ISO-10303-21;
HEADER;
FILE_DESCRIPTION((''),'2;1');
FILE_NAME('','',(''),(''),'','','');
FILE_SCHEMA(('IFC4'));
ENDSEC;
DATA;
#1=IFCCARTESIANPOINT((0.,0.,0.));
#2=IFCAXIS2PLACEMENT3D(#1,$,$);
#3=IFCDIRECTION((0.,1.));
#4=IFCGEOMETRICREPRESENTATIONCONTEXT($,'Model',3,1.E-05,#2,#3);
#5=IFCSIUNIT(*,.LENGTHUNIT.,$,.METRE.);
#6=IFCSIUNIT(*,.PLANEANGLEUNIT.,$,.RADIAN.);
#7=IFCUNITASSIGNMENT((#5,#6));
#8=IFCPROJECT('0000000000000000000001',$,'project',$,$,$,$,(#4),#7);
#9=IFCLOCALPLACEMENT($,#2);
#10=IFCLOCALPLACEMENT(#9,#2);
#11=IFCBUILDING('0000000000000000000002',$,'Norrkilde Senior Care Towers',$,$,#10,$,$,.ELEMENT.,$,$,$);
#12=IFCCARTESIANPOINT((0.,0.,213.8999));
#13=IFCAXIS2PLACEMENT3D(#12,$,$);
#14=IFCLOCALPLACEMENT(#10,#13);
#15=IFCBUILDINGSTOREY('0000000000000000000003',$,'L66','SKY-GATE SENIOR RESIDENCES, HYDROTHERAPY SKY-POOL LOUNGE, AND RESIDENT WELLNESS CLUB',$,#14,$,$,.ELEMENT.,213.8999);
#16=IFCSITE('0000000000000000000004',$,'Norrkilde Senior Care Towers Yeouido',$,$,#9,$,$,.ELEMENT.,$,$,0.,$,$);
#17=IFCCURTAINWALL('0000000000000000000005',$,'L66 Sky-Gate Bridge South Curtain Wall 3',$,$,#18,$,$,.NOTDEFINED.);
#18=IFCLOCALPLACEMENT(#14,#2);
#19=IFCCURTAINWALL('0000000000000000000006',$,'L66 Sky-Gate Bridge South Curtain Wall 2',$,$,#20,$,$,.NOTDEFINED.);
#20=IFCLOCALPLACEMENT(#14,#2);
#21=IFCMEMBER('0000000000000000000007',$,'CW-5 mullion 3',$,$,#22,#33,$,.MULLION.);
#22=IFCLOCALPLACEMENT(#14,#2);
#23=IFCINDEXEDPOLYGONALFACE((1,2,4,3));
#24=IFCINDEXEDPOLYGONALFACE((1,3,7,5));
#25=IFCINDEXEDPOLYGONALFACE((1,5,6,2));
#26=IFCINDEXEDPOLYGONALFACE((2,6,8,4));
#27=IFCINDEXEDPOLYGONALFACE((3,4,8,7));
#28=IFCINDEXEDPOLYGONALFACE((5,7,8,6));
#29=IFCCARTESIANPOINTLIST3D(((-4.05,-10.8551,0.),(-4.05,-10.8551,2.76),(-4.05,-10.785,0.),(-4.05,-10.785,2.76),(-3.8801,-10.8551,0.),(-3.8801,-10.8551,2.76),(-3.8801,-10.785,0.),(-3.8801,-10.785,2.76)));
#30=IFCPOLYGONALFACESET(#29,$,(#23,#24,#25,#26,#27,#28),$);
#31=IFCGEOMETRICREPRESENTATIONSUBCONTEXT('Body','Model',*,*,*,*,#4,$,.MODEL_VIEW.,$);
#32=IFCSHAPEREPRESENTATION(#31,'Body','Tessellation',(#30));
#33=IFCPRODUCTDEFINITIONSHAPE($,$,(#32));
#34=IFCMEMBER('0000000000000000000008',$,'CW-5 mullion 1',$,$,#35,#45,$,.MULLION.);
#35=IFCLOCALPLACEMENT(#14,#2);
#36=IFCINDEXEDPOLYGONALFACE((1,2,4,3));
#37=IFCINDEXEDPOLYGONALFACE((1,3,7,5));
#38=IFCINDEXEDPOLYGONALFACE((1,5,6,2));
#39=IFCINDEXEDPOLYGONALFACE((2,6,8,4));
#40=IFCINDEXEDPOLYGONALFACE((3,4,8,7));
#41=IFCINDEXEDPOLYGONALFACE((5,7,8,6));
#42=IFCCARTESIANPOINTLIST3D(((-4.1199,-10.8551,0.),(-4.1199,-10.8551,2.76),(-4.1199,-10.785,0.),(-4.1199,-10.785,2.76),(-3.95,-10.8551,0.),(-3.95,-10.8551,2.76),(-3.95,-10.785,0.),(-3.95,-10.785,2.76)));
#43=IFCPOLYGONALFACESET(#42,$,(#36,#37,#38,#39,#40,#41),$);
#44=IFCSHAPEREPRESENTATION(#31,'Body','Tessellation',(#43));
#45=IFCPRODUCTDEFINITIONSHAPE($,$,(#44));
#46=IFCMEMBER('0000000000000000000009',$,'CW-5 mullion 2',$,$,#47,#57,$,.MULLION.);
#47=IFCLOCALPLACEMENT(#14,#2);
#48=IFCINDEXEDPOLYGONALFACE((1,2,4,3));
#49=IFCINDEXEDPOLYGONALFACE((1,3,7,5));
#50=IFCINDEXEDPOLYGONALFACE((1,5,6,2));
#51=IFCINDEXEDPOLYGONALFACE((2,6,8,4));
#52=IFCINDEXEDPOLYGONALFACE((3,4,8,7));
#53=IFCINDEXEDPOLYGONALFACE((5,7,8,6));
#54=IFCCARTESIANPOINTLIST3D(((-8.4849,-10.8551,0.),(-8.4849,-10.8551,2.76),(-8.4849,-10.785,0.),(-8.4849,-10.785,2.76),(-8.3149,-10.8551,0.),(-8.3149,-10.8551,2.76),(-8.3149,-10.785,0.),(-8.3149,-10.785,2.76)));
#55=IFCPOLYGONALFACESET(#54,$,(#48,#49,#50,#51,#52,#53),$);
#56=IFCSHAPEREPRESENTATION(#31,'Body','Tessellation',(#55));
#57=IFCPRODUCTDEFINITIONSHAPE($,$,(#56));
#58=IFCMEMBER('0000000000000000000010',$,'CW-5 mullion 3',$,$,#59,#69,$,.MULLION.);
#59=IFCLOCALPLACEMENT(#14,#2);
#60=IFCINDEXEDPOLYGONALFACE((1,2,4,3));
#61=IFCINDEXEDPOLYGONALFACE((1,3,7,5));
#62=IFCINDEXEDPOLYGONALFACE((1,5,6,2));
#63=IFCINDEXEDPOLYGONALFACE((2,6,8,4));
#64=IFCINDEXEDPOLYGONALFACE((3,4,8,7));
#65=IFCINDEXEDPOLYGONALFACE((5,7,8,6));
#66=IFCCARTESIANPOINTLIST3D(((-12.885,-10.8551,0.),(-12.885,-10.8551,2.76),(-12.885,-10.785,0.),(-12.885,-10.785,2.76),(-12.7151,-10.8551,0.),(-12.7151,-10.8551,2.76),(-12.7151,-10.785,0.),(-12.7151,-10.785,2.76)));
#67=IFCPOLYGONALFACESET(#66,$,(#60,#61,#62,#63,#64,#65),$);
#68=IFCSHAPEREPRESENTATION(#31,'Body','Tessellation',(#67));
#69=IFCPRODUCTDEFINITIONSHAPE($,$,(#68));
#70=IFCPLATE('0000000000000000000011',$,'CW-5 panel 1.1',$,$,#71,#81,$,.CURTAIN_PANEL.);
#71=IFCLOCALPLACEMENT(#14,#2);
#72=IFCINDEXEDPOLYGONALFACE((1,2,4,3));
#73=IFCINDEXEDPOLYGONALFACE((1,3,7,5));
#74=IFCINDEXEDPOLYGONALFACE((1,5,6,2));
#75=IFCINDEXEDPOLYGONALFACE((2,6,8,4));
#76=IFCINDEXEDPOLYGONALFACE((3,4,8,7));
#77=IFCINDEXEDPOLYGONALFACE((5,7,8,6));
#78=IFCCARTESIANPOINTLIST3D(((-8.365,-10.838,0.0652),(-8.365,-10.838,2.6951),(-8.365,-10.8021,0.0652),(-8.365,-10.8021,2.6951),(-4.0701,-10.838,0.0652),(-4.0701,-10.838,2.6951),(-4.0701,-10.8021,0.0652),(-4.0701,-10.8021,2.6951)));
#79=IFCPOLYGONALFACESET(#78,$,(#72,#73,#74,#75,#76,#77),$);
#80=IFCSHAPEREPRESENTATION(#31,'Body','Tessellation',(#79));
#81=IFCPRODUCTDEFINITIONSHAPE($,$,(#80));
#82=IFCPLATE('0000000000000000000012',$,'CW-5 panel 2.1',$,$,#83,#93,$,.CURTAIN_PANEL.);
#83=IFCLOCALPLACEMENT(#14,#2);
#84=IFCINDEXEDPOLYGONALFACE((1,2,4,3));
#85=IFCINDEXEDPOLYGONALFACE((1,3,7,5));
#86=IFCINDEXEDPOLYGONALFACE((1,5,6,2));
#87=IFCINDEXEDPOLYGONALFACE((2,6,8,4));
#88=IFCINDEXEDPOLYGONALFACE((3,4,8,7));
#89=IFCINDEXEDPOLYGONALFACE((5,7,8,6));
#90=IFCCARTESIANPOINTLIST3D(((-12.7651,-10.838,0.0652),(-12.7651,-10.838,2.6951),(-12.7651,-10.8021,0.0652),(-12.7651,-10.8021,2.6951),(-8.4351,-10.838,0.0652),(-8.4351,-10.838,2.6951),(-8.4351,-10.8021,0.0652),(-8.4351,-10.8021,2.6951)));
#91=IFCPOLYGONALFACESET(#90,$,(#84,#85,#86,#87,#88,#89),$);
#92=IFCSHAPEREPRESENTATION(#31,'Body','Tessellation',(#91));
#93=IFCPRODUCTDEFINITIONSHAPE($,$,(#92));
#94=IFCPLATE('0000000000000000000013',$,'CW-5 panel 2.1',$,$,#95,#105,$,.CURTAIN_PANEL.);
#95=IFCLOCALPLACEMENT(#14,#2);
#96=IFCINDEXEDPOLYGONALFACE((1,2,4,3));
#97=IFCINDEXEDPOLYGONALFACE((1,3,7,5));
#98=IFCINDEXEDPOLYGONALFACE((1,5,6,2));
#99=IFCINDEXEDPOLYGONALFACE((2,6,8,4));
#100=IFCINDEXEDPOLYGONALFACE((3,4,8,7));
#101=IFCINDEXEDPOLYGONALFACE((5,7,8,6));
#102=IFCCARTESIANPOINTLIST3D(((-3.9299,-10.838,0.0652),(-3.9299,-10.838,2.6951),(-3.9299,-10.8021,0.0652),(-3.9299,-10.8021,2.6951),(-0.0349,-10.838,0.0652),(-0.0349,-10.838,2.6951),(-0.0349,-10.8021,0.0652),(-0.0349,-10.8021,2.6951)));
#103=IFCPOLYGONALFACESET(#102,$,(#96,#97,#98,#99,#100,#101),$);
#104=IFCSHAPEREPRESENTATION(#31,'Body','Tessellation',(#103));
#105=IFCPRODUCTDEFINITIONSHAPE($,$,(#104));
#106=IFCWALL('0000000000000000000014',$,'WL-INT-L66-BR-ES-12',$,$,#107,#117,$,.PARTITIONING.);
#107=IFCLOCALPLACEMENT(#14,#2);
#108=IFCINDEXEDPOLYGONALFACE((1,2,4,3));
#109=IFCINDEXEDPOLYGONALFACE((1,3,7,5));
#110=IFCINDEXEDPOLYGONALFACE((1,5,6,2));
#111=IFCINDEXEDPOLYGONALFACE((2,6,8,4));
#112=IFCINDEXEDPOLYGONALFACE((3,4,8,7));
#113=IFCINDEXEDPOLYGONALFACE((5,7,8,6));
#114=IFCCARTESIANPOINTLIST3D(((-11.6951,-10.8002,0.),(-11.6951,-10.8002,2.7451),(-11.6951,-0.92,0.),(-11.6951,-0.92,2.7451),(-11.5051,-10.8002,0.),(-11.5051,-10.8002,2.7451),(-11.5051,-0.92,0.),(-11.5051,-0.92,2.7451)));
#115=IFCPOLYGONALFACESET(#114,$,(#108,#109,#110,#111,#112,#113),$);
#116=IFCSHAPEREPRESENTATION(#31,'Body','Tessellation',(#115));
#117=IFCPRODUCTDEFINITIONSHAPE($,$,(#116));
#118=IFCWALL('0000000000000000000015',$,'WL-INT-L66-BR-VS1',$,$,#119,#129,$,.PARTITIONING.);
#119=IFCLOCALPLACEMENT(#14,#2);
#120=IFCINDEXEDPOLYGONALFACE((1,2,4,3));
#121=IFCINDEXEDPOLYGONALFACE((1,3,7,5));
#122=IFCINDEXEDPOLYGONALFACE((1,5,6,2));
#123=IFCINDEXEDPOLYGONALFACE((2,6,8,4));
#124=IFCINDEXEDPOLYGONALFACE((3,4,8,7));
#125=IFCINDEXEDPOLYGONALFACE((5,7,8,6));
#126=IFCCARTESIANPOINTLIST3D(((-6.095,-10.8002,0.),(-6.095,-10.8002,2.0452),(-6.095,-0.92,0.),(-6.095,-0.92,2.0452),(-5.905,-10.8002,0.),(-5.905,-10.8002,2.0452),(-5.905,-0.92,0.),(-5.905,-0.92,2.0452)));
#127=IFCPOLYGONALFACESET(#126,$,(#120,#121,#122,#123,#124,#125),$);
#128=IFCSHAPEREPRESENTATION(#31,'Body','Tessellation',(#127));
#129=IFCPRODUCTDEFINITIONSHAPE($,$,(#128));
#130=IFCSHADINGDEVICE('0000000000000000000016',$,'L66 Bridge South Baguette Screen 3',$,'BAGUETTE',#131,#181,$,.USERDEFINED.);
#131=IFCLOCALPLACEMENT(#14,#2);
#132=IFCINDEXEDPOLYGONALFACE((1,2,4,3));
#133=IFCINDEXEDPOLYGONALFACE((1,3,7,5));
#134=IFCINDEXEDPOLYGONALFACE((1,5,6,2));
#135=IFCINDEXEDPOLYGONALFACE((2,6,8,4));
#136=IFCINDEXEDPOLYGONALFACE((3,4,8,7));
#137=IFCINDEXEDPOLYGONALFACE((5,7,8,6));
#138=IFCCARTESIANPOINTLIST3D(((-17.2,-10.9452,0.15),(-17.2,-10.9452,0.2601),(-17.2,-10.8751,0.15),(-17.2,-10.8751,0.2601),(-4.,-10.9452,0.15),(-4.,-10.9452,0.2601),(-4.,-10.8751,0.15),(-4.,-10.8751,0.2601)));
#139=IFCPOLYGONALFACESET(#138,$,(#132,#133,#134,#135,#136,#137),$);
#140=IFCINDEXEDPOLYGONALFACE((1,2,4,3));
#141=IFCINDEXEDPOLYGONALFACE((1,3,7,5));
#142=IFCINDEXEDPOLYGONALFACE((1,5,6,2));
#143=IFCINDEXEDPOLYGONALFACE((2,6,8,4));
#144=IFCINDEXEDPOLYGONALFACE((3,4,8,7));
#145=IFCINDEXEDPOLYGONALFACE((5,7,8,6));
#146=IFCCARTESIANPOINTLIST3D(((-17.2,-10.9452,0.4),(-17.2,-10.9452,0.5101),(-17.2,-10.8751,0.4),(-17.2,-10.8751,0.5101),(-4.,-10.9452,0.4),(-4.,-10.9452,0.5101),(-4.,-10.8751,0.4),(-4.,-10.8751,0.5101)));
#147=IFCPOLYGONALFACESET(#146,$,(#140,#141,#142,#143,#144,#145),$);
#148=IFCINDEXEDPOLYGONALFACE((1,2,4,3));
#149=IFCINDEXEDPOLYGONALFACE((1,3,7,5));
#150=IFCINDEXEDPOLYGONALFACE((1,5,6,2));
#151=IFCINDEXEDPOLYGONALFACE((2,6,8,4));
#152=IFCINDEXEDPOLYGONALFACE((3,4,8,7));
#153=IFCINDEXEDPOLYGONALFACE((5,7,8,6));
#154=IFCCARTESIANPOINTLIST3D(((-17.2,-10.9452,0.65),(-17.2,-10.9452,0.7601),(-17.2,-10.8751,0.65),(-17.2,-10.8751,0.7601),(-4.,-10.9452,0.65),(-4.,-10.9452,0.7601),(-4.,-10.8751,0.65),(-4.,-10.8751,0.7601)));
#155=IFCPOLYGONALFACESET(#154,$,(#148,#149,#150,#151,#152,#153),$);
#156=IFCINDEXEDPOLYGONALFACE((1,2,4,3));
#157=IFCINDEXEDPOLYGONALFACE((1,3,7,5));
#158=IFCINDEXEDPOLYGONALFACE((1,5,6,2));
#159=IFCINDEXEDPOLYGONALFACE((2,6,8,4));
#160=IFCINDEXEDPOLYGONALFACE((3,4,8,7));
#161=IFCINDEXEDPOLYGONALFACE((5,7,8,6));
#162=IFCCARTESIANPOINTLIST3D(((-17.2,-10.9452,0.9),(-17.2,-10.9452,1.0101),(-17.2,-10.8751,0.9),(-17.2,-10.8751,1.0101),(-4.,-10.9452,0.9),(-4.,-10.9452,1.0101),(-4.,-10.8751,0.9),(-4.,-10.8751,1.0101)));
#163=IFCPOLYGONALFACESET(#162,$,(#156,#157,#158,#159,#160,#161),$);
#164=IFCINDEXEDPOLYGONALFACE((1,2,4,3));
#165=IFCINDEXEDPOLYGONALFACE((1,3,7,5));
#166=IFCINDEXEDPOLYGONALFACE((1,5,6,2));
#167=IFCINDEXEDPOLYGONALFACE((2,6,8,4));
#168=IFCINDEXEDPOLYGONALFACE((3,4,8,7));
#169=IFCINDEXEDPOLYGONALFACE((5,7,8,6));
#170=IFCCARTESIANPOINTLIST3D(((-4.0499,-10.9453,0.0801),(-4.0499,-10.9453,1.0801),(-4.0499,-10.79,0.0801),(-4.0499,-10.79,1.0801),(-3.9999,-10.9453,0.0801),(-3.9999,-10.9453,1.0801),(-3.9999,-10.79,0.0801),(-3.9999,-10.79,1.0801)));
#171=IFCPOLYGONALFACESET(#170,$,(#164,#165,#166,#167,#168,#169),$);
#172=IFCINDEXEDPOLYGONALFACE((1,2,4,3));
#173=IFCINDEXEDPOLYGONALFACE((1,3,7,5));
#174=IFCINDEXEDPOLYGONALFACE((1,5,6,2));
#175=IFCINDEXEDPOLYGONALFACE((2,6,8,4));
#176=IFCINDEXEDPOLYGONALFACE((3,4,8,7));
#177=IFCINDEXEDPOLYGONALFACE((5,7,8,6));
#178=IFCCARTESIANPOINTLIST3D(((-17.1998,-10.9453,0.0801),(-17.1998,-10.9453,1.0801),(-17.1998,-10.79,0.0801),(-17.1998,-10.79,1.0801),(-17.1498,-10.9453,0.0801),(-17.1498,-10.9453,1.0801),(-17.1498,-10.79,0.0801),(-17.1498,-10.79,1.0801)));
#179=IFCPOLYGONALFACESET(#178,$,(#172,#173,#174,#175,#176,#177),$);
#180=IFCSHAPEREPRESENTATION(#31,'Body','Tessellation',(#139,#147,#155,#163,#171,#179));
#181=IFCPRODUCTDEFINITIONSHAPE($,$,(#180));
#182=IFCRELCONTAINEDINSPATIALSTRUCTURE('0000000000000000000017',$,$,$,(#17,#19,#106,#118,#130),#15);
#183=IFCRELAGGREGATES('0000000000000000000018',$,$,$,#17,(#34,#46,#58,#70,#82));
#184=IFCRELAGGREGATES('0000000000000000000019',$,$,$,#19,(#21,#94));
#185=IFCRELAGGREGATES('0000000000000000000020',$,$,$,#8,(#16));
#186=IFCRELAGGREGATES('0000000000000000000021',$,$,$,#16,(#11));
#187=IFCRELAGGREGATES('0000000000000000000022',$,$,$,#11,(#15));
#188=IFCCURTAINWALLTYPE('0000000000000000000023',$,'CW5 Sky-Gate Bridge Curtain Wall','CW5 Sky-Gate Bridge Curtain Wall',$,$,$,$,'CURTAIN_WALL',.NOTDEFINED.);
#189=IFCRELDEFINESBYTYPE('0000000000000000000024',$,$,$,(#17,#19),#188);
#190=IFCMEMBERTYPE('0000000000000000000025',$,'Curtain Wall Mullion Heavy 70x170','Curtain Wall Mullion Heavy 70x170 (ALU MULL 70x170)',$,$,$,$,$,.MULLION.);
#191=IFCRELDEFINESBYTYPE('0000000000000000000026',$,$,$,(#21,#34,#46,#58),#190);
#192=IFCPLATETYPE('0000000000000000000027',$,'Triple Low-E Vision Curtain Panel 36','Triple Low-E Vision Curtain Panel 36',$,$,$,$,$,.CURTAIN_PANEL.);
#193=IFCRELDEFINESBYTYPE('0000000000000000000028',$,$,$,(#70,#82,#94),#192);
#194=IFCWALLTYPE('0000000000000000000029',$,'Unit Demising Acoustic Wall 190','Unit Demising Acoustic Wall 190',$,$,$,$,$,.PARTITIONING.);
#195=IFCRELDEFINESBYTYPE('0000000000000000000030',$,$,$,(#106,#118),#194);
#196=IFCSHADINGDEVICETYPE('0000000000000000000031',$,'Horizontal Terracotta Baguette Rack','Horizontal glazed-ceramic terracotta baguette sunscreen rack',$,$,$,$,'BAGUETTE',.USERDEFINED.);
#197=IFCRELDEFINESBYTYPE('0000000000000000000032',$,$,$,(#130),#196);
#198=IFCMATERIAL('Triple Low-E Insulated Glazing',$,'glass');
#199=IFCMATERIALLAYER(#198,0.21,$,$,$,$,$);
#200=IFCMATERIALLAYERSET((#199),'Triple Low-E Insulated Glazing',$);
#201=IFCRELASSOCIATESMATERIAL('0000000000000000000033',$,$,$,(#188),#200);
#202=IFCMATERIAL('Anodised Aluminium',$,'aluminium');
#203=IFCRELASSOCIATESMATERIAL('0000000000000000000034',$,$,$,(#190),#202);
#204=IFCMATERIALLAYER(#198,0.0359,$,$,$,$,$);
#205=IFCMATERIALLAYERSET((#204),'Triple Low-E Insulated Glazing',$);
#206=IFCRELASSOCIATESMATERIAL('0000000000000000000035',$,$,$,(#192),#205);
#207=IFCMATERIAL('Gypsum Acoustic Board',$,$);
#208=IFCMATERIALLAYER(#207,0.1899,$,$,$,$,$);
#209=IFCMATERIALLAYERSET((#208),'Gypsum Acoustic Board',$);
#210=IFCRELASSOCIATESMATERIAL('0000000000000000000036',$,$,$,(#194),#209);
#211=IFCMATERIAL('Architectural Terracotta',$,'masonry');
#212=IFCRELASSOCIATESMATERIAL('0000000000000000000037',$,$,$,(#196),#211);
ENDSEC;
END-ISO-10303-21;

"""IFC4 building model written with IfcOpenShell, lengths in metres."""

from ifc_helpers import new_model, si_unit, direction, frame, frame_2d, origin, origin_2d, place, context, subcontext, project, spatial, rectangle, extrude, source, transform, mapped, material, layer, layer_set, material_profile, profile_set, type_object, type_shapes, element, aggregate, save


model = new_model("IFC4")

# Units and contexts
model_context = context("Model", 3, precision=1e-05, world=origin(), true_north=direction((0.0, 1.0)))
body_context = subcontext(model_context, "Body", "Model", "MODEL_VIEW")
ifc_project = project(units=[si_unit("LENGTHUNIT", "METRE"), si_unit("PLANEANGLEUNIT", "RADIAN")], contexts=[model_context])

# Site, building, storey
site_placement = place(None, origin())
site = spatial("IfcSite", under=ifc_project, at=site_placement, Name="Norrkilde Senior Care Towers Yeouido", CompositionType="ELEMENT", RefElevation=0.0)
building_placement = place(site_placement, origin())
building = spatial("IfcBuilding", under=site, at=building_placement, Name="Norrkilde Senior Care Towers", CompositionType="ELEMENT")
storey_placement = place(building_placement, frame((0.0, 0.0, 213.8999)))
storey = spatial("IfcBuildingStorey", under=building, at=storey_placement, Name="L66", Description="SKY-GATE SENIOR RESIDENCES, HYDROTHERAPY SKY-POOL LOUNGE, AND RESIDENT WELLNESS CLUB", CompositionType="ELEMENT", Elevation=213.8999)

# Curtain walls, member
ifc_material_1 = material(Name="Triple Low-E Insulated Glazing", Category="glass")
ifc_layer_1 = layer(ifc_material_1, 0.21)
ifc_layer_set_1 = layer_set([ifc_layer_1], Name="Triple Low-E Insulated Glazing")
curtain_wall_type = type_object("IfcCurtainWallType", Name="CW5 Sky-Gate Bridge Curtain Wall", Description="CW5 Sky-Gate Bridge Curtain Wall", ElementType="CURTAIN_WALL", PredefinedType="NOTDEFINED", material=ifc_layer_set_1)
curtain_wall_1_placement = place(storey_placement, origin())
curtain_wall_1 = element("IfcCurtainWall", 1, at=curtain_wall_1_placement, inside=storey, type_object=curtain_wall_type, Name="L66 Sky-Gate Bridge South Curtain Wall 3", PredefinedType="NOTDEFINED")
ifc_material_2 = material(Name="Anodised Aluminium", Category="aluminium")
curtain_wall_2_placement = place(storey_placement, origin())
curtain_wall_2 = element("IfcCurtainWall", 2, at=curtain_wall_2_placement, inside=storey, type_object=curtain_wall_type, Name="L66 Sky-Gate Bridge South Curtain Wall 2", PredefinedType="NOTDEFINED")
ifc_material_profile_1 = material_profile(ifc_material_2, rectangle(XDim=0.0701, YDim=0.1699, at=origin_2d()), Name="ALU MULL 70x170")
ifc_profile_set_1 = profile_set([ifc_material_profile_1], Name="Anodised Aluminium")
member_type_1 = type_object("IfcMemberType", Name="Curtain Wall Mullion Heavy 70x170", Description="Curtain Wall Mullion Heavy 70x170 (ALU MULL 70x170)", PredefinedType="MULLION", material=ifc_profile_set_1)
shared_shape_1 = source(origin(), body_context, "Body", "SweptSolid", [
    extrude(rectangle(XDim=0.0701, YDim=0.1699, at=origin_2d()), origin(), (0.0, 0.0, 1.0), 2.76),
])
type_shapes(member_type_1, [shared_shape_1])
member_1_placement = place(storey_placement, frame((-3.9651, -10.8201, 0.0), z_axis=(0.0, 0.0, 1.0), x_axis=(0.0, -1.0, 0.0)))
member_1 = element("IfcMember", 3, at=member_1_placement, type_object=member_type_1, Name="CW-5 mullion 3", PredefinedType="MULLION", context=body_context, shape_type="MappedRepresentation", body=[
    mapped(shared_shape_1, transform((0.0, 0.0, 0.0), x_axis=(1.0, 0.0, 0.0), y_axis=(0.0, 1.0, 0.0), z_axis=(0.0, 0.0, 1.0), scale=1.0)),
])

# Members
member_2_placement = place(storey_placement, frame((-4.0349, -10.8201, 0.0), z_axis=(0.0, 0.0, 1.0), x_axis=(0.0, -1.0, 0.0)))
member_2 = element("IfcMember", 4, at=member_2_placement, type_object=member_type_1, Name="CW-5 mullion 1", PredefinedType="MULLION", context=body_context, shape_type="MappedRepresentation", body=[
    mapped(shared_shape_1, transform((0.0, 0.0, 0.0), x_axis=(1.0, 0.0, 0.0), y_axis=(0.0, 1.0, 0.0), z_axis=(0.0, 0.0, 1.0), scale=1.0)),
])
member_3_placement = place(storey_placement, frame((-8.3999, -10.8201, 0.0), z_axis=(0.0, 0.0, 1.0), x_axis=(0.0, -1.0, 0.0)))
member_3 = element("IfcMember", 5, at=member_3_placement, type_object=member_type_1, Name="CW-5 mullion 2", PredefinedType="MULLION", context=body_context, shape_type="MappedRepresentation", body=[
    mapped(shared_shape_1, transform((0.0, 0.0, 0.0), x_axis=(1.0, 0.0, 0.0), y_axis=(0.0, 1.0, 0.0), z_axis=(0.0, 0.0, 1.0), scale=1.0)),
])
member_4_placement = place(storey_placement, frame((-12.8, -10.8201, 0.0), z_axis=(0.0, 0.0, 1.0), x_axis=(0.0, -1.0, 0.0)))
member_4 = element("IfcMember", 6, at=member_4_placement, type_object=member_type_1, Name="CW-5 mullion 3", PredefinedType="MULLION", context=body_context, shape_type="MappedRepresentation", body=[
    mapped(shared_shape_1, transform((0.0, 0.0, 0.0), x_axis=(1.0, 0.0, 0.0), y_axis=(0.0, 1.0, 0.0), z_axis=(0.0, 0.0, 1.0), scale=1.0)),
])

# Plates
ifc_layer_2 = layer(ifc_material_1, 0.0359)
ifc_layer_set_2 = layer_set([ifc_layer_2], Name="Triple Low-E Insulated Glazing")
plate_type = type_object("IfcPlateType", Name="Triple Low-E Vision Curtain Panel 36", Description="Triple Low-E Vision Curtain Panel 36", PredefinedType="CURTAIN_PANEL", material=ifc_layer_set_2)
shared_shape_2 = source(origin(), body_context, "Body", "SweptSolid", [
    extrude(rectangle(XDim=4.2949, YDim=0.0359, at=origin_2d()), origin(), (0.0, 0.0, 1.0), 2.6299),
])
plate_1_placement = place(storey_placement, frame((-6.2175, -10.8201, 0.0652), z_axis=(0.0, 0.0, 1.0), x_axis=(-1.0, 0.0, 0.0)))
plate_1 = element("IfcPlate", 7, at=plate_1_placement, type_object=plate_type, Name="CW-5 panel 1.1", PredefinedType="CURTAIN_PANEL", context=body_context, shape_type="MappedRepresentation", body=[
    mapped(shared_shape_2, transform((0.0, 0.0, 0.0), x_axis=(1.0, 0.0, 0.0), y_axis=(0.0, 1.0, 0.0), z_axis=(0.0, 0.0, 1.0), scale=1.0)),
])
shared_shape_3 = source(origin(), body_context, "Body", "SweptSolid", [
    extrude(rectangle(XDim=4.3301, YDim=0.0359, at=origin_2d()), origin(), (0.0, 0.0, 1.0), 2.6299),
])
plate_2_placement = place(storey_placement, frame((-10.6001, -10.8201, 0.0652), z_axis=(0.0, 0.0, 1.0), x_axis=(-1.0, 0.0, 0.0)))
plate_2 = element("IfcPlate", 8, at=plate_2_placement, type_object=plate_type, Name="CW-5 panel 2.1", PredefinedType="CURTAIN_PANEL", context=body_context, shape_type="MappedRepresentation", body=[
    mapped(shared_shape_3, transform((0.0, 0.0, 0.0), x_axis=(1.0, 0.0, 0.0), y_axis=(0.0, 1.0, 0.0), z_axis=(0.0, 0.0, 1.0), scale=1.0)),
])
aggregate(curtain_wall_1, [member_2, member_3, member_4, plate_1, plate_2])
shared_shape_4 = source(origin(), body_context, "Body", "SweptSolid", [
    extrude(rectangle(XDim=3.895, YDim=0.0359, at=origin_2d()), origin(), (0.0, 0.0, 1.0), 2.6299),
])
type_shapes(plate_type, [shared_shape_2, shared_shape_3, shared_shape_4])
plate_3_placement = place(storey_placement, frame((-1.9824, -10.8201, 0.0652), z_axis=(0.0, 0.0, 1.0), x_axis=(-1.0, 0.0, 0.0)))
plate_3 = element("IfcPlate", 9, at=plate_3_placement, type_object=plate_type, Name="CW-5 panel 2.1", PredefinedType="CURTAIN_PANEL", context=body_context, shape_type="MappedRepresentation", body=[
    mapped(shared_shape_4, transform((0.0, 0.0, 0.0), x_axis=(1.0, 0.0, 0.0), y_axis=(0.0, 1.0, 0.0), z_axis=(0.0, 0.0, 1.0), scale=1.0)),
])
aggregate(curtain_wall_2, [member_1, plate_3])

# Shared definitions
ifc_material_3 = material(Name="Gypsum Acoustic Board")

# Walls
ifc_layer_3 = layer(ifc_material_3, 0.1899)
ifc_layer_set_3 = layer_set([ifc_layer_3], Name="Gypsum Acoustic Board")
wall_type_1 = type_object("IfcWallType", Name="Unit Demising Acoustic Wall 190", Description="Unit Demising Acoustic Wall 190", PredefinedType="PARTITIONING", material=ifc_layer_set_3)
shared_shape_5 = source(origin(), body_context, "Body", "SweptSolid", [
    extrude(rectangle(XDim=9.8801, YDim=0.1899, at=frame_2d((4.9399, 0.0))), origin(), (0.0, 0.0, 1.0), 2.7451),
])
wall_1_placement = place(storey_placement, frame((-11.6001, -10.8, 0.0), z_axis=(0.0, 0.0, 1.0), x_axis=(0.0, 1.0, 0.0)))
element("IfcWall", 10, at=wall_1_placement, inside=storey, type_object=wall_type_1, Name="WL-INT-L66-BR-ES-12", PredefinedType="PARTITIONING", context=body_context, shape_type="MappedRepresentation", body=[
    mapped(shared_shape_5, transform((0.0, 0.0, 0.0), x_axis=(1.0, 0.0, 0.0), y_axis=(0.0, 1.0, 0.0), z_axis=(0.0, 0.0, 1.0), scale=1.0)),
])
shared_shape_6 = source(origin(), body_context, "Body", "SweptSolid", [
    extrude(rectangle(XDim=9.8801, YDim=0.1899, at=frame_2d((4.9399, 0.0))), origin(), (0.0, 0.0, 1.0), 2.0452),
])
type_shapes(wall_type_1, [shared_shape_5, shared_shape_6])
wall_2_placement = place(storey_placement, frame((-6.0, -10.8, 0.0), z_axis=(0.0, 0.0, 1.0), x_axis=(0.0, 1.0, 0.0)))
element("IfcWall", 11, at=wall_2_placement, inside=storey, type_object=wall_type_1, Name="WL-INT-L66-BR-VS1", PredefinedType="PARTITIONING", context=body_context, shape_type="MappedRepresentation", body=[
    mapped(shared_shape_6, transform((0.0, 0.0, 0.0), x_axis=(1.0, 0.0, 0.0), y_axis=(0.0, 1.0, 0.0), z_axis=(0.0, 0.0, 1.0), scale=1.0)),
])

# Shading device
ifc_material_4 = material(Name="Architectural Terracotta", Category="masonry")
shading_device_type = type_object("IfcShadingDeviceType", Name="Horizontal Terracotta Baguette Rack", Description="Horizontal glazed-ceramic terracotta baguette sunscreen rack", ElementType="BAGUETTE", PredefinedType="USERDEFINED", material=ifc_material_4)
shared_shape_7 = source(origin(), body_context, "Body", "SweptSolid", [
    extrude(rectangle(XDim=0.0701, YDim=0.1101, at=origin_2d()), frame((0.0, 0.0901, 0.125), z_axis=(1.0, 0.0, 0.0), x_axis=(0.0, 1.0, 0.0)), (0.0, 0.0, 1.0), 13.2),
    extrude(rectangle(XDim=0.0701, YDim=0.1101, at=origin_2d()), frame((0.0, 0.0901, 0.375), z_axis=(1.0, 0.0, 0.0), x_axis=(0.0, 1.0, 0.0)), (0.0, 0.0, 1.0), 13.2),
    extrude(rectangle(XDim=0.0701, YDim=0.1101, at=origin_2d()), frame((0.0, 0.0901, 0.625), z_axis=(1.0, 0.0, 0.0), x_axis=(0.0, 1.0, 0.0)), (0.0, 0.0, 1.0), 13.2),
    extrude(rectangle(XDim=0.0701, YDim=0.1101, at=origin_2d()), frame((0.0, 0.0901, 0.875), z_axis=(1.0, 0.0, 0.0), x_axis=(0.0, 1.0, 0.0)), (0.0, 0.0, 1.0), 13.2),
    extrude(rectangle(XDim=0.05, YDim=0.1553, at=origin_2d()), frame((0.0249, 0.0476, 0.0)), (0.0, 0.0, 1.0), 1.0),
    extrude(rectangle(XDim=0.05, YDim=0.1553, at=origin_2d()), frame((13.1748, 0.0476, 0.0)), (0.0, 0.0, 1.0), 1.0),
])
type_shapes(shading_device_type, [shared_shape_7])
shading_device_placement = place(storey_placement, frame((-4.0, -10.8201, 0.0801), z_axis=(0.0, 0.0, 1.0), x_axis=(-1.0, 0.0, 0.0)))
element("IfcShadingDevice", 12, at=shading_device_placement, inside=storey, type_object=shading_device_type, Name="L66 Bridge South Baguette Screen 3", ObjectType="BAGUETTE", PredefinedType="USERDEFINED", context=body_context, shape_type="MappedRepresentation", body=[
    mapped(shared_shape_7, transform((0.0, 0.0, 0.0), x_axis=(1.0, 0.0, 0.0), y_axis=(0.0, 1.0, 0.0), z_axis=(0.0, 0.0, 1.0), scale=1.0)),
])

save(model, "model.ifc")
